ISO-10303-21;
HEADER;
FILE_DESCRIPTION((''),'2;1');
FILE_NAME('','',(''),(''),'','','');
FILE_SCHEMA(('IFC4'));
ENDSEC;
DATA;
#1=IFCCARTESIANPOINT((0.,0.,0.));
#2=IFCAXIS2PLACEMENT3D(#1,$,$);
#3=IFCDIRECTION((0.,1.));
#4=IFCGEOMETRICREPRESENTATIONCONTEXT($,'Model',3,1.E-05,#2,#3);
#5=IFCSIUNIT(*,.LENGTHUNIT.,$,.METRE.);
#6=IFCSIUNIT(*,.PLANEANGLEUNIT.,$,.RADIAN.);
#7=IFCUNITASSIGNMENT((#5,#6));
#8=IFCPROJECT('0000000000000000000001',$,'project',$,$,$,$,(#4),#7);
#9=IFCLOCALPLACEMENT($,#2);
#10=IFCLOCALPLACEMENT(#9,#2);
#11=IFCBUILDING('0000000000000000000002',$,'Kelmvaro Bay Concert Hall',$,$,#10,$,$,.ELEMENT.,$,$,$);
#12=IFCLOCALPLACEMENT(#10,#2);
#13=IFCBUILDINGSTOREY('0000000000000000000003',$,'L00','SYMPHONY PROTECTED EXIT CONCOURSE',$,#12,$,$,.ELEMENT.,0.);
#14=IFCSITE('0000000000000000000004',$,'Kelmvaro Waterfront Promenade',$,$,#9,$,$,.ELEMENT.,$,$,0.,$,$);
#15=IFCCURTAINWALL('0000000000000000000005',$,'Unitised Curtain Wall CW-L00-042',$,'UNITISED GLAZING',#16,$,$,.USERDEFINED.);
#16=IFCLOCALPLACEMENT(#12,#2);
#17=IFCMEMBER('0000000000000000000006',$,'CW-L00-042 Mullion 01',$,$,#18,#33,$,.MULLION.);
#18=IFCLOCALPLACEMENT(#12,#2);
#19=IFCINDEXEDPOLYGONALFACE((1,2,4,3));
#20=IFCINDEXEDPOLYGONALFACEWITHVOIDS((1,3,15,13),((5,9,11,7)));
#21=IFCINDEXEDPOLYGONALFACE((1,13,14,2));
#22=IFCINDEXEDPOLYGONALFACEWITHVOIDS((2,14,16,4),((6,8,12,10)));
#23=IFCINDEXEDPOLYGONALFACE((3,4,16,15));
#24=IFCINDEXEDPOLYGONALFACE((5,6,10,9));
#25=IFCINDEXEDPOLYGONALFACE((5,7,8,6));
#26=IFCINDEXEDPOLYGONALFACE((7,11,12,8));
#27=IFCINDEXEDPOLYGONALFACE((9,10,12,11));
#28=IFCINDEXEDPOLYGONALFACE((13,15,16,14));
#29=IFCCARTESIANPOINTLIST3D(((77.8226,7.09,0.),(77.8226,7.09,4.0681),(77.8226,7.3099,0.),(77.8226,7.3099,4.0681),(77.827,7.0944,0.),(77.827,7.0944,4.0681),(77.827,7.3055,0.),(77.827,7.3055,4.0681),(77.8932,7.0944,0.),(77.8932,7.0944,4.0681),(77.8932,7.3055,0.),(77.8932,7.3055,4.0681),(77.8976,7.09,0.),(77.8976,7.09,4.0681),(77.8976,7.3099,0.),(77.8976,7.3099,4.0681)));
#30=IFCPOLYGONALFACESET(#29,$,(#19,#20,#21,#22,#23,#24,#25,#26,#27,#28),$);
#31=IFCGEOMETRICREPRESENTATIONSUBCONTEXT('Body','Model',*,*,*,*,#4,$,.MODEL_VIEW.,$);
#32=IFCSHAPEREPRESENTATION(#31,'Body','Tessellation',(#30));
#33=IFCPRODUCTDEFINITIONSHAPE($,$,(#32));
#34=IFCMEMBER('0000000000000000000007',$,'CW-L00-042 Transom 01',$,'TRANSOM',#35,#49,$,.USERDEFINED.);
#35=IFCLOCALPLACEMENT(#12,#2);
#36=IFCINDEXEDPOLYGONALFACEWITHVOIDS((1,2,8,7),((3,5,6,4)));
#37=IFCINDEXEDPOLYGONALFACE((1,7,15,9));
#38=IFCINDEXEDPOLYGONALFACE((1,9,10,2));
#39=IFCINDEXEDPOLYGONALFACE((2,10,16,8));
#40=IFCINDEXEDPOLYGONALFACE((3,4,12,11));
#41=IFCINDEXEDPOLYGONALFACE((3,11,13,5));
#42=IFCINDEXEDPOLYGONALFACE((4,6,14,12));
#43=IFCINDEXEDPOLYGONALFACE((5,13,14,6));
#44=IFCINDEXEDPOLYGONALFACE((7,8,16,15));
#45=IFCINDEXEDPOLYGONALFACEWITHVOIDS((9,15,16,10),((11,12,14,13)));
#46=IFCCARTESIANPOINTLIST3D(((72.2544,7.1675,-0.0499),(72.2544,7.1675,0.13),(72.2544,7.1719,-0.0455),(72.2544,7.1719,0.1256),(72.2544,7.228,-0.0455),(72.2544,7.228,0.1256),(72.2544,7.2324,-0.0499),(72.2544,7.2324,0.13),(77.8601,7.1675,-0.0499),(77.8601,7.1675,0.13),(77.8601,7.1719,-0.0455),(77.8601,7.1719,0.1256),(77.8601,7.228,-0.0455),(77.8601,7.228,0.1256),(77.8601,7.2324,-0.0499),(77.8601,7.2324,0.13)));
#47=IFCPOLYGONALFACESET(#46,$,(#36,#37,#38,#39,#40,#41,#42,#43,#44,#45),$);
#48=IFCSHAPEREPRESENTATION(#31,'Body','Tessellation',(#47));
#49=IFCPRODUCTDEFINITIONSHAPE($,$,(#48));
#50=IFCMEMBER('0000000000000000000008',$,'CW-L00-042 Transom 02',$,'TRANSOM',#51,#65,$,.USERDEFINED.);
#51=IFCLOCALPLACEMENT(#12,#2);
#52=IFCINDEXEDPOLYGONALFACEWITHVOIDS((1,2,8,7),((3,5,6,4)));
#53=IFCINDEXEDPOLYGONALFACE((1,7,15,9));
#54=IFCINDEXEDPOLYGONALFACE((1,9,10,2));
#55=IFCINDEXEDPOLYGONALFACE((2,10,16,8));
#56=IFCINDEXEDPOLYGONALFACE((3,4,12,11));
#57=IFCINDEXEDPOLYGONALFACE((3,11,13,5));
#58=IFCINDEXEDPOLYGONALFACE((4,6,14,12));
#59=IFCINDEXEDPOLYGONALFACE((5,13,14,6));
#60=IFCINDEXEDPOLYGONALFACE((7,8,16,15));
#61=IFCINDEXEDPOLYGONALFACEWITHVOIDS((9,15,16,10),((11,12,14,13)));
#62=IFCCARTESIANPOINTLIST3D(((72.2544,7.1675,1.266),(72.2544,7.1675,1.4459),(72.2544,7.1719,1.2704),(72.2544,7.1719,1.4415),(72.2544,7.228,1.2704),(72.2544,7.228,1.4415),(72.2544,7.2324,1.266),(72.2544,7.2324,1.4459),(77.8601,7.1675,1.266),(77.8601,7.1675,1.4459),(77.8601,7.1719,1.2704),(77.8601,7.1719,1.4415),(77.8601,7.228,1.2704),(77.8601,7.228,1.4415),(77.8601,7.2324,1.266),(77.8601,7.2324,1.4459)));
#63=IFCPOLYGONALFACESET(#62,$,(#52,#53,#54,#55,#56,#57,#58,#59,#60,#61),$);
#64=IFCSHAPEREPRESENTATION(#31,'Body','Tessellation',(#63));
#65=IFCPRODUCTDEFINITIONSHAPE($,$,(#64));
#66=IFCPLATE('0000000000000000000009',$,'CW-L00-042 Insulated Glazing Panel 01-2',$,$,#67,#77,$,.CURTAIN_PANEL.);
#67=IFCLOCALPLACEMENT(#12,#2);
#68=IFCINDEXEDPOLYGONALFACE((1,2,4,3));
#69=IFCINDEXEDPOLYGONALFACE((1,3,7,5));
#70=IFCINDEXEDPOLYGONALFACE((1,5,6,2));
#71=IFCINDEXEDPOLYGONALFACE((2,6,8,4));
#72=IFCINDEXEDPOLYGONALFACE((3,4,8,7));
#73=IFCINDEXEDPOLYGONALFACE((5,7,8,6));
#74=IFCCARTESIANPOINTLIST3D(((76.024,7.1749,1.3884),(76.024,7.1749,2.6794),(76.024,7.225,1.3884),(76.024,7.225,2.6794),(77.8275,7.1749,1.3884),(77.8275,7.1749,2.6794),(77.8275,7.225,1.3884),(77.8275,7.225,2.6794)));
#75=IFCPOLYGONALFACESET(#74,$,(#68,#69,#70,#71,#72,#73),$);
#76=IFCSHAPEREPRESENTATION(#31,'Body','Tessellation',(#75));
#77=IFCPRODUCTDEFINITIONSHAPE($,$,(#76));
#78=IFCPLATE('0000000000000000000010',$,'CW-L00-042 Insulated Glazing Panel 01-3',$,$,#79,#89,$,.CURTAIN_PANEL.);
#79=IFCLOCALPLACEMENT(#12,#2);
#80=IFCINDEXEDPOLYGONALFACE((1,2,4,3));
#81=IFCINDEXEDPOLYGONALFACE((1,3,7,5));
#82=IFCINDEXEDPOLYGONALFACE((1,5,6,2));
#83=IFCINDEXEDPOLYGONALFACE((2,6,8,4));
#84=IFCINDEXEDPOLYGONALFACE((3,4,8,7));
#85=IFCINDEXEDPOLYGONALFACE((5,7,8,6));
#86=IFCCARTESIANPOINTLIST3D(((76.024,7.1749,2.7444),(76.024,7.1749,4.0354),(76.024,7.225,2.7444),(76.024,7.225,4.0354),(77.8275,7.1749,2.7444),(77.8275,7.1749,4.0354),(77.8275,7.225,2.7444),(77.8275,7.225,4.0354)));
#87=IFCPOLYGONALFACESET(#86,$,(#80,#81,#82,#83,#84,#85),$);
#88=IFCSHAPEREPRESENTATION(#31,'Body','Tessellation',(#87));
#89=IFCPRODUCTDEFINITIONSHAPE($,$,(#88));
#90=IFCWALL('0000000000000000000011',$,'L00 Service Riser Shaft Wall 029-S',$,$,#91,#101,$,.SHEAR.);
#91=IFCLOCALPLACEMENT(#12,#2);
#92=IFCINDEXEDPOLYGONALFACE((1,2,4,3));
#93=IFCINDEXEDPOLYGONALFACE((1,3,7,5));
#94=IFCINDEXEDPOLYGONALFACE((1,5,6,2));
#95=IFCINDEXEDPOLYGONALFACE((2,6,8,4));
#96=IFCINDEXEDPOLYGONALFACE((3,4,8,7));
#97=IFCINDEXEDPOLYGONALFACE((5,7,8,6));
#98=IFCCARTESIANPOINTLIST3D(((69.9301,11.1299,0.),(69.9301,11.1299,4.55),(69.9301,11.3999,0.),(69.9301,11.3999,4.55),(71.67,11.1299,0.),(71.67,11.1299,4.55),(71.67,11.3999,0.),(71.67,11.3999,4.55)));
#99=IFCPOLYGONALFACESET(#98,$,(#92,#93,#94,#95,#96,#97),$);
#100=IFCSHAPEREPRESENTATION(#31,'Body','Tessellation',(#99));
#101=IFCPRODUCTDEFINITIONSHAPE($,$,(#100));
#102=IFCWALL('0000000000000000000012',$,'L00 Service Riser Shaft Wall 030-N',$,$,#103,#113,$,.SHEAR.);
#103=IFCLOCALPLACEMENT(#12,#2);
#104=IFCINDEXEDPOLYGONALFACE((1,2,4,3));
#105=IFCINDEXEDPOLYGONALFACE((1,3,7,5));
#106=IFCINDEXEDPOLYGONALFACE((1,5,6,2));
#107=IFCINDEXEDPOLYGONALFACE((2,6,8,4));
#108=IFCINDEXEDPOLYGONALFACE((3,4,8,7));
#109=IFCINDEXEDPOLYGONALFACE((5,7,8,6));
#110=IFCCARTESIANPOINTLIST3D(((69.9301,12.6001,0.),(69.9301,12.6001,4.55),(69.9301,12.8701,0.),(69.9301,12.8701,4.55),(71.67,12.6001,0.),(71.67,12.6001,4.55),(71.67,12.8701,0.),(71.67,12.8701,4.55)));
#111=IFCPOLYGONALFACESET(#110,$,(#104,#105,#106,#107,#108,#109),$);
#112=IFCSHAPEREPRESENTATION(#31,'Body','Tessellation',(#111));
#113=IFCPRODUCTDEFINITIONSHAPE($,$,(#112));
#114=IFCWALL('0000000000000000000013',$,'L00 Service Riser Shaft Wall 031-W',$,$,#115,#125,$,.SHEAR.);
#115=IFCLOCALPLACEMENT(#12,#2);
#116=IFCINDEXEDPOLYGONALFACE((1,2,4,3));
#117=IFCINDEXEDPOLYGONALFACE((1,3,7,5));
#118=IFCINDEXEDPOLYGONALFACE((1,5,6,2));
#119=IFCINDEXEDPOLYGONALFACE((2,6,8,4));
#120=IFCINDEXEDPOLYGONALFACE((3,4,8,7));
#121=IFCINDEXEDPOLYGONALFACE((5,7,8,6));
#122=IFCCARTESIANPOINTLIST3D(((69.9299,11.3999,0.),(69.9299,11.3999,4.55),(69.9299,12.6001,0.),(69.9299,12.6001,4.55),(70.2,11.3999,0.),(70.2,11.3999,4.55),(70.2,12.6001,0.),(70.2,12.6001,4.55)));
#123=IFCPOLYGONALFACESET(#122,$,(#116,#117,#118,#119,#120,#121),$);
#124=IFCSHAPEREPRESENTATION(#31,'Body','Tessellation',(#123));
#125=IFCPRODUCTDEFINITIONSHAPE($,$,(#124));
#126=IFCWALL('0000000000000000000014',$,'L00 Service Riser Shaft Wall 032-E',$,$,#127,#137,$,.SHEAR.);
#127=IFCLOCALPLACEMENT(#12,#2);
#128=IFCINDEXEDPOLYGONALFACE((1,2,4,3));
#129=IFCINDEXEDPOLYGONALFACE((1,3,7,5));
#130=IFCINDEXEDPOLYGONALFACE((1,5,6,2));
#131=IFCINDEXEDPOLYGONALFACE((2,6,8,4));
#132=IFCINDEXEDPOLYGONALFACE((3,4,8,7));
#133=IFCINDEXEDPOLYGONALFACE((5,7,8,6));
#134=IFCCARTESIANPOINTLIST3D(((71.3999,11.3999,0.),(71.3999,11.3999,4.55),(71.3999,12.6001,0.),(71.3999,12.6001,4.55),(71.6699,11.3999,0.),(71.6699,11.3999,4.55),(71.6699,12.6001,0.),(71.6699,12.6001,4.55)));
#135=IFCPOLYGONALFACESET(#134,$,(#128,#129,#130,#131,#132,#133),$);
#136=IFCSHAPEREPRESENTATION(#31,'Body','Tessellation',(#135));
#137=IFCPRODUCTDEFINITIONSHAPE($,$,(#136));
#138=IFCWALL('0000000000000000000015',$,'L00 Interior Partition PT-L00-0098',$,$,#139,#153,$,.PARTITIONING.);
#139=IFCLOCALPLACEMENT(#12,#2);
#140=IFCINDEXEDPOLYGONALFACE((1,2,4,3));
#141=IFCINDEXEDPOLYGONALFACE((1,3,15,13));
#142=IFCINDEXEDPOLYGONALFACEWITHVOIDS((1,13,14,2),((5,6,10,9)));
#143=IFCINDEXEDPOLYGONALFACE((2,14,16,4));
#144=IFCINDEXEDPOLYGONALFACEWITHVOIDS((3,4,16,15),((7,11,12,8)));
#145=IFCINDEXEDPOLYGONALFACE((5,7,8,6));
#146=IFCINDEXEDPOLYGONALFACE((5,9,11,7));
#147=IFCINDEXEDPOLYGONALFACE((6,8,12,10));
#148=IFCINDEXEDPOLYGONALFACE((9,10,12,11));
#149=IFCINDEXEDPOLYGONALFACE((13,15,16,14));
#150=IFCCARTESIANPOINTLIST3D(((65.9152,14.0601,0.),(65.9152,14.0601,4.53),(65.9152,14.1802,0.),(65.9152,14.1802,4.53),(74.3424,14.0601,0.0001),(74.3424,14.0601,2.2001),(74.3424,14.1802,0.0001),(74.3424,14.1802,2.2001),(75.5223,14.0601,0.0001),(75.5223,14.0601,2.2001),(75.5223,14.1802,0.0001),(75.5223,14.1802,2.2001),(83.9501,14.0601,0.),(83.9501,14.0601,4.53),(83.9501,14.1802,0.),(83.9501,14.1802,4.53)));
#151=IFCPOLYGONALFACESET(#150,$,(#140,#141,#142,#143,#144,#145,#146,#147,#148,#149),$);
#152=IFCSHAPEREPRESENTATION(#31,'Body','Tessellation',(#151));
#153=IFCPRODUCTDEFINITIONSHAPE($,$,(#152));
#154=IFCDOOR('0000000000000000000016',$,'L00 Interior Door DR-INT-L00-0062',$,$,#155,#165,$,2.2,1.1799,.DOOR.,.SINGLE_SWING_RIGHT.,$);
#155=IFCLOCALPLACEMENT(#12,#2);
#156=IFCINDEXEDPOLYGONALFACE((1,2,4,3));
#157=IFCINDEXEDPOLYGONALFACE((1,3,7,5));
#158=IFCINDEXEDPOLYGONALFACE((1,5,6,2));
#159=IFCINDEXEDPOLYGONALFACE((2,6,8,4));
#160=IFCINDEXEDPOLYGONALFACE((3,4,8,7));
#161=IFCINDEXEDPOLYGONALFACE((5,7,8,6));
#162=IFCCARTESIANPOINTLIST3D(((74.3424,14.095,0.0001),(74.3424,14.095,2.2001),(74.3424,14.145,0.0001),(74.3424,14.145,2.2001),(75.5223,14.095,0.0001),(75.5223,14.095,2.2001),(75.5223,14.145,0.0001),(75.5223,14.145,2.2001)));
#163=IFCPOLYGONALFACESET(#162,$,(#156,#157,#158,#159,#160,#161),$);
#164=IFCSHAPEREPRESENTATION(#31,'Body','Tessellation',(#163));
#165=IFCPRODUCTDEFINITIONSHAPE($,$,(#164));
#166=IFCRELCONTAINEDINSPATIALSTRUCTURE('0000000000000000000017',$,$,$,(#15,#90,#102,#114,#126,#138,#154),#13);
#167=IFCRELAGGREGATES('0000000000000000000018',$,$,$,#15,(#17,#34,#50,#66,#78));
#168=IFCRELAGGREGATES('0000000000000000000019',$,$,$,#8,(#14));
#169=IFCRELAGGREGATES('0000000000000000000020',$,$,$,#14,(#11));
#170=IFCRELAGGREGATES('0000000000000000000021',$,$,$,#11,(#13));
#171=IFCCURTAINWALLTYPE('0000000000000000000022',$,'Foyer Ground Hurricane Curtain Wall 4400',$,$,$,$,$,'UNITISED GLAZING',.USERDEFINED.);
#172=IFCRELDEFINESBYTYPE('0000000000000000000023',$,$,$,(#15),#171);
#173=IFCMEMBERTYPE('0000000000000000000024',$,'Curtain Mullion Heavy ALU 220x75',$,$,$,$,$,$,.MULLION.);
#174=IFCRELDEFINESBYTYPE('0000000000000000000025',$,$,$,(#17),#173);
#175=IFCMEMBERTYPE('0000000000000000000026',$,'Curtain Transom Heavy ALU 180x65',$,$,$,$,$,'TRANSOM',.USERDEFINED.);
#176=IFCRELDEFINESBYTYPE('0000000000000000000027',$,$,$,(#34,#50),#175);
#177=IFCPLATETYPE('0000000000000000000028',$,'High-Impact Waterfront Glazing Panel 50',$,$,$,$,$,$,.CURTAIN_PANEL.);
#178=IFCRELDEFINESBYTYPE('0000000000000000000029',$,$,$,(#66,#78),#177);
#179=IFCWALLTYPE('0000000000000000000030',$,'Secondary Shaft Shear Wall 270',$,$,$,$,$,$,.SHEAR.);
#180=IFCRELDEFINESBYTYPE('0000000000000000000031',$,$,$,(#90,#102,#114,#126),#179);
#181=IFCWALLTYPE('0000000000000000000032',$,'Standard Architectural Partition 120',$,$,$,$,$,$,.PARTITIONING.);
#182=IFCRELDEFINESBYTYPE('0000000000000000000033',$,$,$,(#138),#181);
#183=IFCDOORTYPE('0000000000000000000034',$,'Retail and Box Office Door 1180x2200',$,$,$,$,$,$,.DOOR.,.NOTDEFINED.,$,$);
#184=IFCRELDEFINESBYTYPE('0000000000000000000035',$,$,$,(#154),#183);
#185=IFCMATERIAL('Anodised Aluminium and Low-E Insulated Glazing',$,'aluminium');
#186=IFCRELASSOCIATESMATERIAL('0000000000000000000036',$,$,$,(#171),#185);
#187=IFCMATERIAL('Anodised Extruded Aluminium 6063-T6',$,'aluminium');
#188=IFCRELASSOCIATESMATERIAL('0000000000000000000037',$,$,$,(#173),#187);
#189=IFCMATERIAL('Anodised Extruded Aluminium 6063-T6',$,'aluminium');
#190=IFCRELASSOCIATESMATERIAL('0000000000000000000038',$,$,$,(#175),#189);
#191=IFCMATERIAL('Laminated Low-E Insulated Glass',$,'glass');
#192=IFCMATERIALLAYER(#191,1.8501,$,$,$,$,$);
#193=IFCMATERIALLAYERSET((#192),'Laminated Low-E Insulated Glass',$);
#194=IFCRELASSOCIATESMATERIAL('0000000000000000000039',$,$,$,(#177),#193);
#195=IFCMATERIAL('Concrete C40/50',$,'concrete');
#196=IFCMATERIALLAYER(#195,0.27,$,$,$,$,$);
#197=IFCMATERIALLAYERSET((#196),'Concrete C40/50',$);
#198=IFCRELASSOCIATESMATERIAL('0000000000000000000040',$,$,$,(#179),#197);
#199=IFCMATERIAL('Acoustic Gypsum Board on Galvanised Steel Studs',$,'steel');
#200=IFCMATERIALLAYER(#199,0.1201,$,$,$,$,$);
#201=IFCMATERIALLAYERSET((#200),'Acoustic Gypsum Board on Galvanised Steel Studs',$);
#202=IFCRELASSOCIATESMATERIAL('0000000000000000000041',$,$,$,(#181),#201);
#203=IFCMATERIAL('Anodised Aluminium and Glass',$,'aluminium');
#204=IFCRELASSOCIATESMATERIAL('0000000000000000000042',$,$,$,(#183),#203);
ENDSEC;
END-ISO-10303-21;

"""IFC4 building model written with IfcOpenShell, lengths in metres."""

from ifc_helpers import new_model, si_unit, direction, frame, frame_2d, origin, origin_2d, place, context, subcontext, project, spatial, rectangle, hollow_rectangle, extrude, material, layer, layer_set, material_profile, profile_set, type_object, element, fill, aggregate, save


model = new_model("IFC4")

# Units and contexts
model_context = context("Model", 3, precision=1e-05, world=origin(), true_north=direction((0.0, 1.0)))
body_context = subcontext(model_context, "Body", "Model", "MODEL_VIEW")
ifc_project = project(units=[si_unit("LENGTHUNIT", "METRE"), si_unit("PLANEANGLEUNIT", "RADIAN")], contexts=[model_context])

# Site, building, storey
site_placement = place(None, origin())
site = spatial("IfcSite", under=ifc_project, at=site_placement, Name="Kelmvaro Waterfront Promenade", CompositionType="ELEMENT", RefElevation=0.0)
building_placement = place(site_placement, origin())
building = spatial("IfcBuilding", under=site, at=building_placement, Name="Kelmvaro Bay Concert Hall", CompositionType="ELEMENT")
storey_placement = place(building_placement, origin())
storey = spatial("IfcBuildingStorey", under=building, at=storey_placement, Name="L00", Description="SYMPHONY PROTECTED EXIT CONCOURSE", CompositionType="ELEMENT", Elevation=0.0)

# Curtain wall, members, plates
ifc_material_1 = material(Name="Anodised Aluminium and Low-E Insulated Glazing", Category="aluminium")
curtain_wall_type = type_object("IfcCurtainWallType", Name="Foyer Ground Hurricane Curtain Wall 4400", ElementType="UNITISED GLAZING", PredefinedType="USERDEFINED", material=ifc_material_1)
curtain_wall_placement = place(storey_placement, origin())
curtain_wall = element("IfcCurtainWall", 1, at=curtain_wall_placement, inside=storey, type_object=curtain_wall_type, Name="Unitised Curtain Wall CW-L00-042", ObjectType="UNITISED GLAZING", PredefinedType="USERDEFINED")
ifc_material_2 = material(Name="Anodised Extruded Aluminium 6063-T6", Category="aluminium")
ifc_material_profile_1 = material_profile(ifc_material_2, hollow_rectangle(XDim=0.075, YDim=0.22, WallThickness=0.0044, at=origin_2d()), Name="ALU-MUL-220X75")
ifc_profile_set_1 = profile_set([ifc_material_profile_1], Name="Anodised Extruded Aluminium 6063-T6")
member_type_1 = type_object("IfcMemberType", Name="Curtain Mullion Heavy ALU 220x75", PredefinedType="MULLION", material=ifc_profile_set_1)
member_1_placement = place(storey_placement, frame((77.8601, 7.2, 0.0), z_axis=(0.0, 0.0, 1.0), x_axis=(1.0, 0.0, 0.0)))
member_1 = element("IfcMember", 2, at=member_1_placement, type_object=member_type_1, Name="CW-L00-042 Mullion 01", PredefinedType="MULLION", context=body_context, shape_type="SweptSolid", body=[
    extrude(hollow_rectangle(XDim=0.075, YDim=0.22, WallThickness=0.0044, at=origin_2d()), origin(), (0.0, 0.0, 1.0), 4.0681),
])
ifc_material_3 = material(Name="Anodised Extruded Aluminium 6063-T6", Category="aluminium")
ifc_material_profile_2 = material_profile(ifc_material_3, hollow_rectangle(XDim=0.0649, YDim=0.1799, WallThickness=0.0044, at=origin_2d()), Name="ALU-TRN-180X65")
ifc_profile_set_2 = profile_set([ifc_material_profile_2], Name="Anodised Extruded Aluminium 6063-T6")
member_type_2 = type_object("IfcMemberType", Name="Curtain Transom Heavy ALU 180x65", ElementType="TRANSOM", PredefinedType="USERDEFINED", material=ifc_profile_set_2)
member_2_placement = place(storey_placement, frame((77.8601, 7.2, 0.04), z_axis=(-1.0, 0.0, 0.0), x_axis=(0.0, -1.0, 0.0)))
member_2 = element("IfcMember", 3, at=member_2_placement, type_object=member_type_2, Name="CW-L00-042 Transom 01", ObjectType="TRANSOM", PredefinedType="USERDEFINED", context=body_context, shape_type="SweptSolid", body=[
    extrude(hollow_rectangle(XDim=0.0649, YDim=0.1799, WallThickness=0.0044, at=origin_2d()), origin(), (0.0, 0.0, 1.0), 5.6057),
])
member_3_placement = place(storey_placement, frame((77.8601, 7.2, 1.356), z_axis=(-1.0, 0.0, 0.0), x_axis=(0.0, -1.0, 0.0)))
member_3 = element("IfcMember", 4, at=member_3_placement, type_object=member_type_2, Name="CW-L00-042 Transom 02", ObjectType="TRANSOM", PredefinedType="USERDEFINED", context=body_context, shape_type="SweptSolid", body=[
    extrude(hollow_rectangle(XDim=0.0649, YDim=0.1799, WallThickness=0.0044, at=origin_2d()), origin(), (0.0, 0.0, 1.0), 5.6057),
])
ifc_material_4 = material(Name="Laminated Low-E Insulated Glass", Category="glass")
ifc_layer_1 = layer(ifc_material_4, 1.8501)
ifc_layer_set_1 = layer_set([ifc_layer_1], Name="Laminated Low-E Insulated Glass")
plate_type = type_object("IfcPlateType", Name="High-Impact Waterfront Glazing Panel 50", PredefinedType="CURTAIN_PANEL", material=ifc_layer_set_1)
plate_1_placement = place(storey_placement, frame((76.9258, 7.2, 1.3884), z_axis=(0.0, 0.0, 1.0), x_axis=(-1.0, 0.0, 0.0)))
plate_1 = element("IfcPlate", 5, at=plate_1_placement, type_object=plate_type, Name="CW-L00-042 Insulated Glazing Panel 01-2", PredefinedType="CURTAIN_PANEL", context=body_context, shape_type="SweptSolid", body=[
    extrude(rectangle(XDim=1.8035, YDim=0.05, at=origin_2d()), origin(), (0.0, 0.0, 1.0), 1.291),
])
plate_2_placement = place(storey_placement, frame((76.9258, 7.2, 2.7444), z_axis=(0.0, 0.0, 1.0), x_axis=(-1.0, 0.0, 0.0)))
plate_2 = element("IfcPlate", 6, at=plate_2_placement, type_object=plate_type, Name="CW-L00-042 Insulated Glazing Panel 01-3", PredefinedType="CURTAIN_PANEL", context=body_context, shape_type="SweptSolid", body=[
    extrude(rectangle(XDim=1.8035, YDim=0.05, at=origin_2d()), origin(), (0.0, 0.0, 1.0), 1.291),
])
aggregate(curtain_wall, [member_1, member_2, member_3, plate_1, plate_2])

# Walls
ifc_material_5 = material(Name="Concrete C40/50", Category="concrete")
ifc_layer_2 = layer(ifc_material_5, 0.27)
ifc_layer_set_2 = layer_set([ifc_layer_2], Name="Concrete C40/50")
wall_type_1 = type_object("IfcWallType", Name="Secondary Shaft Shear Wall 270", PredefinedType="SHEAR", material=ifc_layer_set_2)
for number, where, z_axis, x_axis, name in (
    (7, (69.9299, 11.2649, 0.0), (0.0, 0.0, 1.0), (1.0, 0.0, 0.0), "L00 Service Riser Shaft Wall 029-S"),
    (8, (69.9299, 12.7351, 0.0), (0.0, 0.0, 1.0), (1.0, 0.0, 0.0), "L00 Service Riser Shaft Wall 030-N"),
):
    element("IfcWall", number, at=place(storey_placement, frame(where, z_axis=z_axis, x_axis=x_axis)), inside=storey, type_object=wall_type_1, Name=name, PredefinedType="SHEAR", context=body_context, shape_type="SweptSolid", body=[
        extrude(rectangle(XDim=1.74, YDim=0.27, at=frame_2d((0.8701, 0.0))), origin(), (0.0, 0.0, 1.0), 4.55),
    ])
for number, where, z_axis, x_axis, name in (
    (9, (70.0649, 11.3999, 0.0), (0.0, 0.0, 1.0), (0.0, 1.0, 0.0), "L00 Service Riser Shaft Wall 031-W"),
    (10, (71.5349, 11.3999, 0.0), (0.0, 0.0, 1.0), (0.0, 1.0, 0.0), "L00 Service Riser Shaft Wall 032-E"),
):
    element("IfcWall", number, at=place(storey_placement, frame(where, z_axis=z_axis, x_axis=x_axis)), inside=storey, type_object=wall_type_1, Name=name, PredefinedType="SHEAR", context=body_context, shape_type="SweptSolid", body=[
        extrude(rectangle(XDim=1.2002, YDim=0.27, at=frame_2d((0.6001, 0.0))), origin(), (0.0, 0.0, 1.0), 4.55),
    ])

# Wall, opening, door
ifc_material_6 = material(Name="Acoustic Gypsum Board on Galvanised Steel Studs", Category="steel")
ifc_layer_3 = layer(ifc_material_6, 0.1201)
ifc_layer_set_3 = layer_set([ifc_layer_3], Name="Acoustic Gypsum Board on Galvanised Steel Studs")
wall_type_2 = type_object("IfcWallType", Name="Standard Architectural Partition 120", PredefinedType="PARTITIONING", material=ifc_layer_set_3)
wall_1_placement = place(storey_placement, frame((65.915, 14.1201, 0.0), z_axis=(0.0, 0.0, 1.0), x_axis=(1.0, 0.0, 0.0)))
wall_1 = element("IfcWall", 11, at=wall_1_placement, inside=storey, type_object=wall_type_2, Name="L00 Interior Partition PT-L00-0098", PredefinedType="PARTITIONING", context=body_context, shape_type="SweptSolid", body=[
    extrude(rectangle(XDim=18.0349, YDim=0.1201, at=frame_2d((9.0176, 0.0))), origin(), (0.0, 0.0, 1.0), 4.53),
])
opening_1_placement = place(wall_1_placement, frame((8.4275, 0.0, 0.0)))
opening_1 = element("IfcOpeningElement", 12, at=opening_1_placement, cuts=wall_1, PredefinedType="OPENING", context=body_context, shape_type="SweptSolid", body=[
    extrude(rectangle(XDim=1.1799, YDim=2.2, at=frame_2d((0.5898, 1.1001))), frame((0.0, 0.0701, 0.0), z_axis=(0.0, -1.0, 0.0), x_axis=(1.0, 0.0, 0.0)), (0.0, 0.0, 1.0), 0.1401),
])
ifc_material_7 = material(Name="Anodised Aluminium and Glass", Category="aluminium")
door_type = type_object("IfcDoorType", Name="Retail and Box Office Door 1180x2200", OperationType="NOTDEFINED", PredefinedType="DOOR", material=ifc_material_7)
door_1_placement = place(opening_1_placement, origin())
door_1 = element("IfcDoor", 13, at=door_1_placement, inside=storey, type_object=door_type, Name="L00 Interior Door DR-INT-L00-0062", OperationType="SINGLE_SWING_RIGHT", OverallHeight=2.2, OverallWidth=1.1799, PredefinedType="DOOR", context=body_context, shape_type="SweptSolid", body=[
    extrude(rectangle(XDim=1.1799, YDim=2.2, at=frame_2d((0.5898, 1.1001))), frame((0.0, 0.0249, 0.0), z_axis=(0.0, -1.0, 0.0), x_axis=(1.0, 0.0, 0.0)), (0.0, 0.0, 1.0), 0.05),
])
fill(opening_1, door_1)

save(model, "model.ifc")
